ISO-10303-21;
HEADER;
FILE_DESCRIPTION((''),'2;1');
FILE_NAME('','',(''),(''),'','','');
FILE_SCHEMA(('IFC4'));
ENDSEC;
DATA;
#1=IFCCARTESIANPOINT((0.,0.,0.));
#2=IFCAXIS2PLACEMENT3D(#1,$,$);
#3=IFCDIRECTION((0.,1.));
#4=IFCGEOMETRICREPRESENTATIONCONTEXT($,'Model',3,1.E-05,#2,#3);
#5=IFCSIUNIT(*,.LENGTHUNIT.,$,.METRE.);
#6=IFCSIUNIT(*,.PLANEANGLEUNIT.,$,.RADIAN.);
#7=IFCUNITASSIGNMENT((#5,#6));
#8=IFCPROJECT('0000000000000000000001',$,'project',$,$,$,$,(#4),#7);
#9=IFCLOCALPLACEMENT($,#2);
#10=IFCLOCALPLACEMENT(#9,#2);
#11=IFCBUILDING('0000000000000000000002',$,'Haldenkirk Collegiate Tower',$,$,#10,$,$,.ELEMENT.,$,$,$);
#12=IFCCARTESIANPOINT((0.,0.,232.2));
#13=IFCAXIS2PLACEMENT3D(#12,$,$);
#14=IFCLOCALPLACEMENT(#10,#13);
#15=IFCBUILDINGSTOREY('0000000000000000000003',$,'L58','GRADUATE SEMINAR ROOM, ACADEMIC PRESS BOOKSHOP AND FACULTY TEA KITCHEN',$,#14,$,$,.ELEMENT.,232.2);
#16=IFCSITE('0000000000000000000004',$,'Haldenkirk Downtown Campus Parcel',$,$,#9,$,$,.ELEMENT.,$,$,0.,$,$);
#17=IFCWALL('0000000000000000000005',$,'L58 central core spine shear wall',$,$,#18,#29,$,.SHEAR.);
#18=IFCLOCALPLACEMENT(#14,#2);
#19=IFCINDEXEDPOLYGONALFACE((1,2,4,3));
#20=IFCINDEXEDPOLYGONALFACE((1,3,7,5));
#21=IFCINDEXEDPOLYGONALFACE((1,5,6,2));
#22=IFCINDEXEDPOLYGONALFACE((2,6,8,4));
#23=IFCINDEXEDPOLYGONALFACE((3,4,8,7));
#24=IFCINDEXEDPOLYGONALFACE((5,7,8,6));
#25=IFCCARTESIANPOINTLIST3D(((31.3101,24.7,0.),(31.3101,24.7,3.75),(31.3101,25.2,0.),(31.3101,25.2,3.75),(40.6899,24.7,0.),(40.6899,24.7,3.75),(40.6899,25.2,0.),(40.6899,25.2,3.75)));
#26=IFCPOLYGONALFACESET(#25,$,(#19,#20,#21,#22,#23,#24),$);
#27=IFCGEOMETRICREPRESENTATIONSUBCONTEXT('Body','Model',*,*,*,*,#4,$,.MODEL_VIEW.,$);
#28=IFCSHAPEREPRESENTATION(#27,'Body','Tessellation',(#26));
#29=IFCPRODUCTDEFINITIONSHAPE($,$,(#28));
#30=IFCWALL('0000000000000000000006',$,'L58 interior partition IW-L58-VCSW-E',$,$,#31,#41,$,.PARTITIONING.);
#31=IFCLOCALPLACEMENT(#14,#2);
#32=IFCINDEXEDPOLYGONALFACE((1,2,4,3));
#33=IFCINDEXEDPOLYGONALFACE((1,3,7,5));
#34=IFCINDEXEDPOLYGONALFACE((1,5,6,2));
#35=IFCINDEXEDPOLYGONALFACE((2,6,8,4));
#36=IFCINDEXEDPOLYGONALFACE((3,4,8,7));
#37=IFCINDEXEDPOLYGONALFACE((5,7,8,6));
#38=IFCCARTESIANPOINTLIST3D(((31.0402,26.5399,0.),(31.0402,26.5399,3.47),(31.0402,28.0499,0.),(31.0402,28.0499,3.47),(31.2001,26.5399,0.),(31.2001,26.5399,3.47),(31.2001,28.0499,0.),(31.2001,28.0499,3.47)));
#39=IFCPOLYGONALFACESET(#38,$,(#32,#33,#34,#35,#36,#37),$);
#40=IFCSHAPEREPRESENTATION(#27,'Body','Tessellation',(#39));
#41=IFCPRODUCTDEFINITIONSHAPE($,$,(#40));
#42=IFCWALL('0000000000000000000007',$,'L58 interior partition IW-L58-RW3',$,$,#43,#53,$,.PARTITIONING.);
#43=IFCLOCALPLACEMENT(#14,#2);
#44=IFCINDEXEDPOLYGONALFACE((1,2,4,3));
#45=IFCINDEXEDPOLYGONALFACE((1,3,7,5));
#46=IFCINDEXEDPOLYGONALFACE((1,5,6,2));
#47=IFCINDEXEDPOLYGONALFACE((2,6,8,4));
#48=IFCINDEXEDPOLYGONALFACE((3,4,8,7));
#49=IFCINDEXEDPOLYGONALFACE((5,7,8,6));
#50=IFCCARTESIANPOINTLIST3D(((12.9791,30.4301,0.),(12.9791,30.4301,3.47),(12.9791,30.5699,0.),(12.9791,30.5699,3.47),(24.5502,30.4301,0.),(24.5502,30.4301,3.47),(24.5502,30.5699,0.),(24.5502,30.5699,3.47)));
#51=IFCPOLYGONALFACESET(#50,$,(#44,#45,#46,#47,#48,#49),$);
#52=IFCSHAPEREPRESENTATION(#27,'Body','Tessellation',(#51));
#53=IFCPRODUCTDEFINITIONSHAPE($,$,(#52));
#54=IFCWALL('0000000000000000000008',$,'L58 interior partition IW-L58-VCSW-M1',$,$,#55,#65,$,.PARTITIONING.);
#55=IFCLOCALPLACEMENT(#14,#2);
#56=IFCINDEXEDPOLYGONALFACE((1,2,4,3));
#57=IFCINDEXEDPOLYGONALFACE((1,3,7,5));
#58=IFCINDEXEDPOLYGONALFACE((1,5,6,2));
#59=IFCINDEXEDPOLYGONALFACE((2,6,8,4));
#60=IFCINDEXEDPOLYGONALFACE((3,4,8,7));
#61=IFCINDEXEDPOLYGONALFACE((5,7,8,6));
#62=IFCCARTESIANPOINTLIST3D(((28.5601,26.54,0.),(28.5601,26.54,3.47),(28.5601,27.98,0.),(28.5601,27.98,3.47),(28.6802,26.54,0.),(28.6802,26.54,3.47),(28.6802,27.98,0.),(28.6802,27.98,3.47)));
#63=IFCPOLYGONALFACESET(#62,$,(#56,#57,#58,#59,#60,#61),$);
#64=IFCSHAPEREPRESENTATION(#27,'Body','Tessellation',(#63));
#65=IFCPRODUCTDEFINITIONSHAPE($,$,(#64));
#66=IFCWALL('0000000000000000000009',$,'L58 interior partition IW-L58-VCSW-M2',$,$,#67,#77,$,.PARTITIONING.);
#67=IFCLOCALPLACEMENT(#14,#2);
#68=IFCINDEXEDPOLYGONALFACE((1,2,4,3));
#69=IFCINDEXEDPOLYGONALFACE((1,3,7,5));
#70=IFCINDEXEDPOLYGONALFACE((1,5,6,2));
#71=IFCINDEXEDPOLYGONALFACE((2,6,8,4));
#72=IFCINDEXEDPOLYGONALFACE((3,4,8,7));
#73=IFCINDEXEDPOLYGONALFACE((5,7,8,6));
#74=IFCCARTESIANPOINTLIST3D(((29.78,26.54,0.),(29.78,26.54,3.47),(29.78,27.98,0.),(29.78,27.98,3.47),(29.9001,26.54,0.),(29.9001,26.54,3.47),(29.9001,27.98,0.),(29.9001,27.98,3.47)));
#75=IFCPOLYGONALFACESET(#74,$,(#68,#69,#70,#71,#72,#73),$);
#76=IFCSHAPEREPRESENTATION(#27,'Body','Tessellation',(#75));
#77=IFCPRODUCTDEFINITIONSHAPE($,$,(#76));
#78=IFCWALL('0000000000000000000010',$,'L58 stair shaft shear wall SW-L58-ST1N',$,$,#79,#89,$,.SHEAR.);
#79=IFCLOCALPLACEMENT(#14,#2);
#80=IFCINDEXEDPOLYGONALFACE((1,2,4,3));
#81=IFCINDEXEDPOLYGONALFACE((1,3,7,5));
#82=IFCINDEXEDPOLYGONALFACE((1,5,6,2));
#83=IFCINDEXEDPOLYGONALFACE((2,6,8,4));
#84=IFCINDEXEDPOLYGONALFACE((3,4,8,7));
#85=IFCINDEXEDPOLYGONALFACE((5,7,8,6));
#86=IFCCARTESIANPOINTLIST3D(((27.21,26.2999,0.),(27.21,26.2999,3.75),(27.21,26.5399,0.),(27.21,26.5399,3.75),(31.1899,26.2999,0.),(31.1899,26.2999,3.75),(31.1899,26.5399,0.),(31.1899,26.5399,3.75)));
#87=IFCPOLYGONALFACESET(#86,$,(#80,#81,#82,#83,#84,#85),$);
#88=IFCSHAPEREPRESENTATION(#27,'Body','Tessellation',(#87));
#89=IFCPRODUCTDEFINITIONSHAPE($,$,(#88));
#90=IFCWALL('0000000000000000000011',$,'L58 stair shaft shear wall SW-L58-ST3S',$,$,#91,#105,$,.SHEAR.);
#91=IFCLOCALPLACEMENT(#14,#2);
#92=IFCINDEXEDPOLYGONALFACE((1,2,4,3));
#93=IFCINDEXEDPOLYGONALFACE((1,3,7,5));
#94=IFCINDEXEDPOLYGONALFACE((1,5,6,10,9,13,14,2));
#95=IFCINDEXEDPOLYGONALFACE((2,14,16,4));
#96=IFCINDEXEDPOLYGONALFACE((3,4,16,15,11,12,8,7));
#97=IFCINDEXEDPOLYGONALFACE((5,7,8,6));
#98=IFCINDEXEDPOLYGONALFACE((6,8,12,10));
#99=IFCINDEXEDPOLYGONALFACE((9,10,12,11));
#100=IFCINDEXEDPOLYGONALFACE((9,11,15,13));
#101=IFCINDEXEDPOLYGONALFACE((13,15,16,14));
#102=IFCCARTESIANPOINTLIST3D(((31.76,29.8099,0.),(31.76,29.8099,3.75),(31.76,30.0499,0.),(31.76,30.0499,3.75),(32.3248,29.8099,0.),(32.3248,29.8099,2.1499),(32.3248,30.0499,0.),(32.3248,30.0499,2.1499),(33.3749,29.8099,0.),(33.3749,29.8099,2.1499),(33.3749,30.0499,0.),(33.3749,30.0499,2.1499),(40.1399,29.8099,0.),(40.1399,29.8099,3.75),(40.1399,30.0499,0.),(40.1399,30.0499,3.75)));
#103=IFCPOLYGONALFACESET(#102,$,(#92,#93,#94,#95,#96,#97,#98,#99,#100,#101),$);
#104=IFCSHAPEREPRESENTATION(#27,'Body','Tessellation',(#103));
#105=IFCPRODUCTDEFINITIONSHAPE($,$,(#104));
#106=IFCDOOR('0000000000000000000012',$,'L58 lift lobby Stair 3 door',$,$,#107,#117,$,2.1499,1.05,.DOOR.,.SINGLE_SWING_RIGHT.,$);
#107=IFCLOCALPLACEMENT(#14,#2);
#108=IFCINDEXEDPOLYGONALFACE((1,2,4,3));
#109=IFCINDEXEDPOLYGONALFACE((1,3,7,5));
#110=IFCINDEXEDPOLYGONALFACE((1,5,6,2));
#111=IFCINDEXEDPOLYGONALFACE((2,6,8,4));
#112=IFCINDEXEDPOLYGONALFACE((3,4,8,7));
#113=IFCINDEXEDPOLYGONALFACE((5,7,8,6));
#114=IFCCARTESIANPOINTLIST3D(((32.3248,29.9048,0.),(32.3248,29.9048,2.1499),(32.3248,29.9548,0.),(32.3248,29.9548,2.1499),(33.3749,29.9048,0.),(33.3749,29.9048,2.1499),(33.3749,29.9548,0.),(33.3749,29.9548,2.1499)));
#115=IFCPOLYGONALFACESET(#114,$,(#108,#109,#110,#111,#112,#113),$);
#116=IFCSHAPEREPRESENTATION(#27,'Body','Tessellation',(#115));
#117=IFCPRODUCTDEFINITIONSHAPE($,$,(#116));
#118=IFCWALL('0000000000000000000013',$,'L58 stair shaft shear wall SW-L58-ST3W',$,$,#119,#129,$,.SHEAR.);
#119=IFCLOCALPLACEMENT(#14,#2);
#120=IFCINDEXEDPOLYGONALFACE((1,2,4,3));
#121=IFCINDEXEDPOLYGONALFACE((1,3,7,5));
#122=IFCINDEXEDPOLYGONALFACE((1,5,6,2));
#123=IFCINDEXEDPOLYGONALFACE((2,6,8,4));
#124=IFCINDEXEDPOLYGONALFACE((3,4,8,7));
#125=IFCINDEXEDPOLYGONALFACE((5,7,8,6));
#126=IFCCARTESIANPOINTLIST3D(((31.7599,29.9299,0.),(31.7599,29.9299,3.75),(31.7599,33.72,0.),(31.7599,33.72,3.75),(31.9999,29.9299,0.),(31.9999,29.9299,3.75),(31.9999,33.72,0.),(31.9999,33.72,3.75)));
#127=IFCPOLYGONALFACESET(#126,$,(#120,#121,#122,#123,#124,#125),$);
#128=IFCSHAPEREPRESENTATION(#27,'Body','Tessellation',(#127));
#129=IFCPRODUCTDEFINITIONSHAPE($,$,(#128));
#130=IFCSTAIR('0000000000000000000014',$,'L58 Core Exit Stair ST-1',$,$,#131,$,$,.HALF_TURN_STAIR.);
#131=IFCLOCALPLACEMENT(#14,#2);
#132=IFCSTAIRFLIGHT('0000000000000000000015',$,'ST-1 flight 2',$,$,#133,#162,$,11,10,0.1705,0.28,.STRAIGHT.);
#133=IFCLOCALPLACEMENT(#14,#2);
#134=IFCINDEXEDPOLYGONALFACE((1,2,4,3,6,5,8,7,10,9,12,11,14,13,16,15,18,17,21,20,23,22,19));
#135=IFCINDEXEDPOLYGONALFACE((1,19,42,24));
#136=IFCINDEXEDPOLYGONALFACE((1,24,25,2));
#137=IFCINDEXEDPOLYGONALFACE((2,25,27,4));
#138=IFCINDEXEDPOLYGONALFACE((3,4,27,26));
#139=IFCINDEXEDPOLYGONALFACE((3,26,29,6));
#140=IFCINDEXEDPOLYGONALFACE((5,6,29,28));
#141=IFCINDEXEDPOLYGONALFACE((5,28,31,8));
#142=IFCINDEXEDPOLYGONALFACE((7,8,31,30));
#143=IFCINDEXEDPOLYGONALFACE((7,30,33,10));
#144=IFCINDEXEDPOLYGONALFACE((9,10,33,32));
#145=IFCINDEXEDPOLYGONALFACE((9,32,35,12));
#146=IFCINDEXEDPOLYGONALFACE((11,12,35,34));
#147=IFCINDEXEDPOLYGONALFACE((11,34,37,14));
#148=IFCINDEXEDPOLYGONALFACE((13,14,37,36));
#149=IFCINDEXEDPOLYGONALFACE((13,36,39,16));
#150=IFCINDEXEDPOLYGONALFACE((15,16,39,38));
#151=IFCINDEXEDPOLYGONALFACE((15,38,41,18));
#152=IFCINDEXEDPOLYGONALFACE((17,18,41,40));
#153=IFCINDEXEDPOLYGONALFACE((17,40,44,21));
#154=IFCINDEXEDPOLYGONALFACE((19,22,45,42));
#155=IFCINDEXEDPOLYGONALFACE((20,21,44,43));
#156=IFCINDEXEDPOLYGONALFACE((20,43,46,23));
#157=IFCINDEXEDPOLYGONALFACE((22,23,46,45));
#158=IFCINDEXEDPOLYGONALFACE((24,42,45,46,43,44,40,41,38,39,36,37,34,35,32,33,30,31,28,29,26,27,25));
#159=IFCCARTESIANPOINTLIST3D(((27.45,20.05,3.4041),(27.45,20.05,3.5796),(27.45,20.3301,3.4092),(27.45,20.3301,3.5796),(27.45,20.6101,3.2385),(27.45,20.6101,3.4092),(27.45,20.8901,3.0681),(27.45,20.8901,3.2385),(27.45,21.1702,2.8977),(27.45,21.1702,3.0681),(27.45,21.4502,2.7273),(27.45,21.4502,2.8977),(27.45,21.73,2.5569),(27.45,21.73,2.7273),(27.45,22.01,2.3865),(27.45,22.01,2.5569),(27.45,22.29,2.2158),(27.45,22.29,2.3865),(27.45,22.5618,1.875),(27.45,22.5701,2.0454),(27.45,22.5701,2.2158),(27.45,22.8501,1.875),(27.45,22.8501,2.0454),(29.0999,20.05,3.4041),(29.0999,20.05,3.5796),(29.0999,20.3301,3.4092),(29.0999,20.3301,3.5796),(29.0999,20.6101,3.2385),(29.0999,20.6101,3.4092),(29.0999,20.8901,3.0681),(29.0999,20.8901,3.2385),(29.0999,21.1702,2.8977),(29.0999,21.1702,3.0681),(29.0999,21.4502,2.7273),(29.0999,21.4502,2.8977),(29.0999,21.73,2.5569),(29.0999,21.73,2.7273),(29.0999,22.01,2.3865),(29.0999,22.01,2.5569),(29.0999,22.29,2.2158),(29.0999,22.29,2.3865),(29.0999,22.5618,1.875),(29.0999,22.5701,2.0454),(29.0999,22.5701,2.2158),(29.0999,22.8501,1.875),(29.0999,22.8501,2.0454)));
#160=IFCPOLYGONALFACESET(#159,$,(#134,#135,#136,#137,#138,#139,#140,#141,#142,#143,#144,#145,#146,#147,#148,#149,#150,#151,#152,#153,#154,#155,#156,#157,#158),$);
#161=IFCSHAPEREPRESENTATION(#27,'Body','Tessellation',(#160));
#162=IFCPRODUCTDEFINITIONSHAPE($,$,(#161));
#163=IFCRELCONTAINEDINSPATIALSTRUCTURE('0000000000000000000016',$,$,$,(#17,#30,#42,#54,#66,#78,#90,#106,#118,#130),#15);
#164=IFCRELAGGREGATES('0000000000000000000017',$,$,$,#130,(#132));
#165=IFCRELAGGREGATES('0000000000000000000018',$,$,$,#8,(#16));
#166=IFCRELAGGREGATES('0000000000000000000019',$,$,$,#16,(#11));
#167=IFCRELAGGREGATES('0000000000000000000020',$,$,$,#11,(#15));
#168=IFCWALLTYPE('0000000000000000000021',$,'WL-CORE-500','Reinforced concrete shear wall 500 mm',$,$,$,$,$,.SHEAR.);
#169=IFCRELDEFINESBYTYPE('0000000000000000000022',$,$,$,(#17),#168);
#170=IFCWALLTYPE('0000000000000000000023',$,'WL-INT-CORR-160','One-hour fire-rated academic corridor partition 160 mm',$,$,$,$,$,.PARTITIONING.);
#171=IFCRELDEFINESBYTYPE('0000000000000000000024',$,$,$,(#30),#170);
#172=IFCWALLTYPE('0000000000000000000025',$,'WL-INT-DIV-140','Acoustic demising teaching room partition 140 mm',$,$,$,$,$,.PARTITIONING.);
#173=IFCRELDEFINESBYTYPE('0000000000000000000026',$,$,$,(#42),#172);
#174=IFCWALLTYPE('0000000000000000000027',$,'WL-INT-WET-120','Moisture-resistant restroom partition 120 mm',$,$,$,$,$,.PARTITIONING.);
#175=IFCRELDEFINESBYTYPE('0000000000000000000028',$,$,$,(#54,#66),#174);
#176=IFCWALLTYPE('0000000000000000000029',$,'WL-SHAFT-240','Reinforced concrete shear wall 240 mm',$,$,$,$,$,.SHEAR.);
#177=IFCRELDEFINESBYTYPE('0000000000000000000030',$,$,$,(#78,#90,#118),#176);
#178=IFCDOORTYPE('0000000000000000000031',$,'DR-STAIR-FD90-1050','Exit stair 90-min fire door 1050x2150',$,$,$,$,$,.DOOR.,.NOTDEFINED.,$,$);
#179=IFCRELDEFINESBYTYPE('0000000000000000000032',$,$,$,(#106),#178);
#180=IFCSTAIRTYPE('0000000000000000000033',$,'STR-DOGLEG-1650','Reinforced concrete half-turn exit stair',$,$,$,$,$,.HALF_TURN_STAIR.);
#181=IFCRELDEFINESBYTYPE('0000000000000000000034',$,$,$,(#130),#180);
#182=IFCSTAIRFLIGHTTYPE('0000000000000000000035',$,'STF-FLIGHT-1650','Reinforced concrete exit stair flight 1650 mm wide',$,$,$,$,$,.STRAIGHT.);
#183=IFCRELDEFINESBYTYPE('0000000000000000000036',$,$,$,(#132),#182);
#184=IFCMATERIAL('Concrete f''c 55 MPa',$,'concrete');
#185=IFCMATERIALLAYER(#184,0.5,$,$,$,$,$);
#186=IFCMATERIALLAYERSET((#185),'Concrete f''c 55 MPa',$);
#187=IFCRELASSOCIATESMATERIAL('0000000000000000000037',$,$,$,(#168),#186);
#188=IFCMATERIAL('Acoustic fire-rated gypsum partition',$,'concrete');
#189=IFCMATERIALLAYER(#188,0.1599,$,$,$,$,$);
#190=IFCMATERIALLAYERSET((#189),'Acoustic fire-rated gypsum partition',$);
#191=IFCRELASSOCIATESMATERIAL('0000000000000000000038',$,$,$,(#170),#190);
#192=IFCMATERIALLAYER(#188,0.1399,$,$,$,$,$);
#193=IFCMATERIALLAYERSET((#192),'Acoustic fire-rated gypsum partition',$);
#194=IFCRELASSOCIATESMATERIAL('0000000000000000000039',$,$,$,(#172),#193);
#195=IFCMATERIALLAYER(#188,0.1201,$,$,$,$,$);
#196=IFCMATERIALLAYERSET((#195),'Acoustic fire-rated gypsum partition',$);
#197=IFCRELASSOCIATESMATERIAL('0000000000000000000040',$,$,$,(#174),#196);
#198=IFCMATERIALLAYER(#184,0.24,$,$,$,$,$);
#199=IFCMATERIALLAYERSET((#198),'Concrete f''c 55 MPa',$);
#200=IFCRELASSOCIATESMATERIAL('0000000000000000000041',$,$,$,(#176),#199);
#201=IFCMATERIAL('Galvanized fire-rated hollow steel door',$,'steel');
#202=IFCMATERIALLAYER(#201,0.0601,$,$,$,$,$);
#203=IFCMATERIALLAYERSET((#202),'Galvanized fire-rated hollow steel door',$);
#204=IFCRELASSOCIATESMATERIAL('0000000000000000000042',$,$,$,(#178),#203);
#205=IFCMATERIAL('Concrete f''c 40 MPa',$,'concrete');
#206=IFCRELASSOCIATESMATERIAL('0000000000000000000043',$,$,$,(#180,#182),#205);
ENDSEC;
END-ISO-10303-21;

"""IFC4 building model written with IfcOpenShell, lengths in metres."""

from ifc_helpers import new_model, si_unit, direction, frame, frame_2d, origin, place, context, subcontext, project, spatial, polyline, rectangle, outline, extrude, material, layer, layer_set, type_object, element, fill, aggregate, save


model = new_model("IFC4")

# Units and contexts
model_context = context("Model", 3, precision=1e-05, world=origin(), true_north=direction((0.0, 1.0)))
body_context = subcontext(model_context, "Body", "Model", "MODEL_VIEW")
ifc_project = project(units=[si_unit("LENGTHUNIT", "METRE"), si_unit("PLANEANGLEUNIT", "RADIAN")], contexts=[model_context])

# Site, building, storey
site_placement = place(None, origin())
site = spatial("IfcSite", under=ifc_project, at=site_placement, Name="Haldenkirk Downtown Campus Parcel", CompositionType="ELEMENT", RefElevation=0.0)
building_placement = place(site_placement, origin())
building = spatial("IfcBuilding", under=site, at=building_placement, Name="Haldenkirk Collegiate Tower", CompositionType="ELEMENT")
storey_placement = place(building_placement, frame((0.0, 0.0, 232.2)))
storey = spatial("IfcBuildingStorey", under=building, at=storey_placement, Name="L58", Description="GRADUATE SEMINAR ROOM, ACADEMIC PRESS BOOKSHOP AND FACULTY TEA KITCHEN", CompositionType="ELEMENT", Elevation=232.2)

# Wall
ifc_material_1 = material(Name="Concrete f'c 55 MPa", Category="concrete")
ifc_layer_1 = layer(ifc_material_1, 0.5)
ifc_layer_set_1 = layer_set([ifc_layer_1], Name="Concrete f'c 55 MPa")
wall_type_1 = type_object("IfcWallType", Name="WL-CORE-500", Description="Reinforced concrete shear wall 500 mm", PredefinedType="SHEAR", material=ifc_layer_set_1)
wall_1_placement = place(storey_placement, frame((31.3101, 24.95, 0.0), z_axis=(0.0, 0.0, 1.0), x_axis=(1.0, 0.0, 0.0)))
element("IfcWall", 1, at=wall_1_placement, inside=storey, type_object=wall_type_1, Name="L58 central core spine shear wall", PredefinedType="SHEAR", context=body_context, shape_type="SweptSolid", body=[
    extrude(rectangle(XDim=9.3799, YDim=0.5, at=frame_2d((4.6899, 0.0))), origin(), (0.0, 0.0, 1.0), 3.75),
])

# Shared definitions
ifc_material_2 = material(Name="Acoustic fire-rated gypsum partition", Category="concrete")
ifc_layer_2 = layer(ifc_material_2, 0.1599)
ifc_layer_set_2 = layer_set([ifc_layer_2], Name="Acoustic fire-rated gypsum partition")
wall_type_2 = type_object("IfcWallType", Name="WL-INT-CORR-160", Description="One-hour fire-rated academic corridor partition 160 mm", PredefinedType="PARTITIONING", material=ifc_layer_set_2)

# Wall
wall_2_placement = place(storey_placement, frame((31.1201, 26.54, 0.0), z_axis=(0.0, 0.0, 1.0), x_axis=(0.0, 1.0, 0.0)))
element("IfcWall", 2, at=wall_2_placement, inside=storey, type_object=wall_type_2, Name="L58 interior partition IW-L58-VCSW-E", PredefinedType="PARTITIONING", context=body_context, shape_type="SweptSolid", body=[
    extrude(rectangle(XDim=1.51, YDim=0.1599, at=frame_2d((0.7549, 0.0))), origin(), (0.0, 0.0, 1.0), 3.47),
])

# Wall
ifc_layer_3 = layer(ifc_material_2, 0.1399)
ifc_layer_set_3 = layer_set([ifc_layer_3], Name="Acoustic fire-rated gypsum partition")
wall_type_3 = type_object("IfcWallType", Name="WL-INT-DIV-140", Description="Acoustic demising teaching room partition 140 mm", PredefinedType="PARTITIONING", material=ifc_layer_set_3)
wall_3_placement = place(storey_placement, frame((12.979, 30.5, 0.0), z_axis=(0.0, 0.0, 1.0), x_axis=(1.0, 0.0, 0.0)))
element("IfcWall", 3, at=wall_3_placement, inside=storey, type_object=wall_type_3, Name="L58 interior partition IW-L58-RW3", PredefinedType="PARTITIONING", context=body_context, shape_type="SweptSolid", body=[
    extrude(rectangle(XDim=11.571, YDim=0.1399, at=frame_2d((5.7856, 0.0))), origin(), (0.0, 0.0, 1.0), 3.47),
])

# Shared definitions
ifc_material_3 = material(Name="Galvanized fire-rated hollow steel door", Category="steel")

# Walls
ifc_layer_4 = layer(ifc_material_2, 0.1201)
ifc_layer_set_4 = layer_set([ifc_layer_4], Name="Acoustic fire-rated gypsum partition")
wall_type_4 = type_object("IfcWallType", Name="WL-INT-WET-120", Description="Moisture-resistant restroom partition 120 mm", PredefinedType="PARTITIONING", material=ifc_layer_set_4)
for number, where, z_axis, x_axis, name in (
    (4, (28.6201, 26.54, 0.0), (0.0, 0.0, 1.0), (0.0, 1.0, 0.0), "L58 interior partition IW-L58-VCSW-M1"),
    (5, (29.8401, 26.54, 0.0), (0.0, 0.0, 1.0), (0.0, 1.0, 0.0), "L58 interior partition IW-L58-VCSW-M2"),
):
    element("IfcWall", number, at=place(storey_placement, frame(where, z_axis=z_axis, x_axis=x_axis)), inside=storey, type_object=wall_type_4, Name=name, PredefinedType="PARTITIONING", context=body_context, shape_type="SweptSolid", body=[
        extrude(rectangle(XDim=1.4399, YDim=0.1201, at=frame_2d((0.72, 0.0))), origin(), (0.0, 0.0, 1.0), 3.47),
    ])
ifc_layer_5 = layer(ifc_material_1, 0.24)
ifc_layer_set_5 = layer_set([ifc_layer_5], Name="Concrete f'c 55 MPa")
wall_type_5 = type_object("IfcWallType", Name="WL-SHAFT-240", Description="Reinforced concrete shear wall 240 mm", PredefinedType="SHEAR", material=ifc_layer_set_5)
wall_4_placement = place(storey_placement, frame((27.21, 26.4199, 0.0), z_axis=(0.0, 0.0, 1.0), x_axis=(1.0, 0.0, 0.0)))
element("IfcWall", 6, at=wall_4_placement, inside=storey, type_object=wall_type_5, Name="L58 stair shaft shear wall SW-L58-ST1N", PredefinedType="SHEAR", context=body_context, shape_type="SweptSolid", body=[
    extrude(rectangle(XDim=3.98, YDim=0.24, at=frame_2d((1.99, 0.0))), origin(), (0.0, 0.0, 1.0), 3.75),
])

# Wall, opening, door
wall_5_placement = place(storey_placement, frame((31.76, 29.9299, 0.0), z_axis=(0.0, 0.0, 1.0), x_axis=(1.0, 0.0, 0.0)))
wall_5 = element("IfcWall", 7, at=wall_5_placement, inside=storey, type_object=wall_type_5, Name="L58 stair shaft shear wall SW-L58-ST3S", PredefinedType="SHEAR", context=body_context, shape_type="SweptSolid", body=[
    extrude(rectangle(XDim=8.3799, YDim=0.24, at=frame_2d((4.1899, 0.0))), origin(), (0.0, 0.0, 1.0), 3.75),
])
opening_1_placement = place(wall_5_placement, frame((0.5649, 0.0, 0.0)))
opening_1 = element("IfcOpeningElement", 8, at=opening_1_placement, cuts=wall_5, PredefinedType="OPENING", context=body_context, shape_type="SweptSolid", body=[
    extrude(rectangle(XDim=1.05, YDim=2.1499, at=frame_2d((0.5249, 1.075))), frame((0.0, 0.1299, 0.0), z_axis=(0.0, -1.0, 0.0), x_axis=(1.0, 0.0, 0.0)), (0.0, 0.0, 1.0), 0.26),
])
ifc_layer_6 = layer(ifc_material_3, 0.0601)
ifc_layer_set_6 = layer_set([ifc_layer_6], Name="Galvanized fire-rated hollow steel door")
door_type_1 = type_object("IfcDoorType", Name="DR-STAIR-FD90-1050", Description="Exit stair 90-min fire door 1050x2150", OperationType="NOTDEFINED", PredefinedType="DOOR", material=ifc_layer_set_6)
door_1_placement = place(opening_1_placement, origin())
door_1 = element("IfcDoor", 9, at=door_1_placement, inside=storey, type_object=door_type_1, Name="L58 lift lobby Stair 3 door", OperationType="SINGLE_SWING_RIGHT", OverallHeight=2.1499, OverallWidth=1.05, PredefinedType="DOOR", context=body_context, shape_type="SweptSolid", body=[
    extrude(rectangle(XDim=1.05, YDim=2.1499, at=frame_2d((0.5249, 1.075))), frame((0.0, 0.0249, 0.0), z_axis=(0.0, -1.0, 0.0), x_axis=(1.0, 0.0, 0.0)), (0.0, 0.0, 1.0), 0.05),
])
fill(opening_1, door_1)

# Wall
wall_6_placement = place(storey_placement, frame((31.8799, 29.9299, 0.0), z_axis=(0.0, 0.0, 1.0), x_axis=(0.0, 1.0, 0.0)))
element("IfcWall", 10, at=wall_6_placement, inside=storey, type_object=wall_type_5, Name="L58 stair shaft shear wall SW-L58-ST3W", PredefinedType="SHEAR", context=body_context, shape_type="SweptSolid", body=[
    extrude(rectangle(XDim=3.79, YDim=0.24, at=frame_2d((1.895, 0.0))), origin(), (0.0, 0.0, 1.0), 3.75),
])

# Stair, stair flight
ifc_material_4 = material(Name="Concrete f'c 40 MPa", Category="concrete")
stair_type = type_object("IfcStairType", Name="STR-DOGLEG-1650", Description="Reinforced concrete half-turn exit stair", PredefinedType="HALF_TURN_STAIR", material=ifc_material_4)
stair_placement = place(storey_placement, origin())
stair = element("IfcStair", 11, at=stair_placement, inside=storey, type_object=stair_type, Name="L58 Core Exit Stair ST-1", PredefinedType="HALF_TURN_STAIR")
stair_flight_type = type_object("IfcStairFlightType", Name="STF-FLIGHT-1650", Description="Reinforced concrete exit stair flight 1650 mm wide", PredefinedType="STRAIGHT", material=ifc_material_4)
stair_flight_placement = place(storey_placement, frame((28.2749, 22.8501, 1.875), z_axis=(0.0, 0.0, 1.0), x_axis=(0.0, -1.0, 0.0)))
stair_flight = element("IfcStairFlight", 12, at=stair_flight_placement, type_object=stair_flight_type, Name="ST-1 flight 2", NumberOfRisers=11, NumberOfTreads=10, PredefinedType="STRAIGHT", RiserHeight=0.1705, TreadLength=0.28, context=body_context, shape_type="SweptSolid", body=[
    extrude(outline(polyline([(0.0, 0.0), (0.0, 0.1704), (0.28, 0.1704), (0.28, 0.3408), (0.5601, 0.3408), (0.5601, 0.5115), (0.8401, 0.5115), (0.8401, 0.6819), (1.1201, 0.6819), (1.1201, 0.8523), (1.3999, 0.8523), (1.3999, 1.0227), (1.6799, 1.0227), (1.6799, 1.1931), (1.96, 1.1931), (1.96, 1.3635), (2.24, 1.3635), (2.24, 1.5342), (2.52, 1.5342), (2.52, 1.7046), (2.8, 1.7046), (2.8, 1.875), (2.8, 1.5291), (0.2883, 0.0), (0.0, 0.0)])), frame((0.0, 0.825, 0.0), z_axis=(0.0, -1.0, 0.0), x_axis=(1.0, 0.0, 0.0)), (0.0, 0.0, 1.0), 1.6499),
])
aggregate(stair, [stair_flight])

save(model, "model.ifc")
